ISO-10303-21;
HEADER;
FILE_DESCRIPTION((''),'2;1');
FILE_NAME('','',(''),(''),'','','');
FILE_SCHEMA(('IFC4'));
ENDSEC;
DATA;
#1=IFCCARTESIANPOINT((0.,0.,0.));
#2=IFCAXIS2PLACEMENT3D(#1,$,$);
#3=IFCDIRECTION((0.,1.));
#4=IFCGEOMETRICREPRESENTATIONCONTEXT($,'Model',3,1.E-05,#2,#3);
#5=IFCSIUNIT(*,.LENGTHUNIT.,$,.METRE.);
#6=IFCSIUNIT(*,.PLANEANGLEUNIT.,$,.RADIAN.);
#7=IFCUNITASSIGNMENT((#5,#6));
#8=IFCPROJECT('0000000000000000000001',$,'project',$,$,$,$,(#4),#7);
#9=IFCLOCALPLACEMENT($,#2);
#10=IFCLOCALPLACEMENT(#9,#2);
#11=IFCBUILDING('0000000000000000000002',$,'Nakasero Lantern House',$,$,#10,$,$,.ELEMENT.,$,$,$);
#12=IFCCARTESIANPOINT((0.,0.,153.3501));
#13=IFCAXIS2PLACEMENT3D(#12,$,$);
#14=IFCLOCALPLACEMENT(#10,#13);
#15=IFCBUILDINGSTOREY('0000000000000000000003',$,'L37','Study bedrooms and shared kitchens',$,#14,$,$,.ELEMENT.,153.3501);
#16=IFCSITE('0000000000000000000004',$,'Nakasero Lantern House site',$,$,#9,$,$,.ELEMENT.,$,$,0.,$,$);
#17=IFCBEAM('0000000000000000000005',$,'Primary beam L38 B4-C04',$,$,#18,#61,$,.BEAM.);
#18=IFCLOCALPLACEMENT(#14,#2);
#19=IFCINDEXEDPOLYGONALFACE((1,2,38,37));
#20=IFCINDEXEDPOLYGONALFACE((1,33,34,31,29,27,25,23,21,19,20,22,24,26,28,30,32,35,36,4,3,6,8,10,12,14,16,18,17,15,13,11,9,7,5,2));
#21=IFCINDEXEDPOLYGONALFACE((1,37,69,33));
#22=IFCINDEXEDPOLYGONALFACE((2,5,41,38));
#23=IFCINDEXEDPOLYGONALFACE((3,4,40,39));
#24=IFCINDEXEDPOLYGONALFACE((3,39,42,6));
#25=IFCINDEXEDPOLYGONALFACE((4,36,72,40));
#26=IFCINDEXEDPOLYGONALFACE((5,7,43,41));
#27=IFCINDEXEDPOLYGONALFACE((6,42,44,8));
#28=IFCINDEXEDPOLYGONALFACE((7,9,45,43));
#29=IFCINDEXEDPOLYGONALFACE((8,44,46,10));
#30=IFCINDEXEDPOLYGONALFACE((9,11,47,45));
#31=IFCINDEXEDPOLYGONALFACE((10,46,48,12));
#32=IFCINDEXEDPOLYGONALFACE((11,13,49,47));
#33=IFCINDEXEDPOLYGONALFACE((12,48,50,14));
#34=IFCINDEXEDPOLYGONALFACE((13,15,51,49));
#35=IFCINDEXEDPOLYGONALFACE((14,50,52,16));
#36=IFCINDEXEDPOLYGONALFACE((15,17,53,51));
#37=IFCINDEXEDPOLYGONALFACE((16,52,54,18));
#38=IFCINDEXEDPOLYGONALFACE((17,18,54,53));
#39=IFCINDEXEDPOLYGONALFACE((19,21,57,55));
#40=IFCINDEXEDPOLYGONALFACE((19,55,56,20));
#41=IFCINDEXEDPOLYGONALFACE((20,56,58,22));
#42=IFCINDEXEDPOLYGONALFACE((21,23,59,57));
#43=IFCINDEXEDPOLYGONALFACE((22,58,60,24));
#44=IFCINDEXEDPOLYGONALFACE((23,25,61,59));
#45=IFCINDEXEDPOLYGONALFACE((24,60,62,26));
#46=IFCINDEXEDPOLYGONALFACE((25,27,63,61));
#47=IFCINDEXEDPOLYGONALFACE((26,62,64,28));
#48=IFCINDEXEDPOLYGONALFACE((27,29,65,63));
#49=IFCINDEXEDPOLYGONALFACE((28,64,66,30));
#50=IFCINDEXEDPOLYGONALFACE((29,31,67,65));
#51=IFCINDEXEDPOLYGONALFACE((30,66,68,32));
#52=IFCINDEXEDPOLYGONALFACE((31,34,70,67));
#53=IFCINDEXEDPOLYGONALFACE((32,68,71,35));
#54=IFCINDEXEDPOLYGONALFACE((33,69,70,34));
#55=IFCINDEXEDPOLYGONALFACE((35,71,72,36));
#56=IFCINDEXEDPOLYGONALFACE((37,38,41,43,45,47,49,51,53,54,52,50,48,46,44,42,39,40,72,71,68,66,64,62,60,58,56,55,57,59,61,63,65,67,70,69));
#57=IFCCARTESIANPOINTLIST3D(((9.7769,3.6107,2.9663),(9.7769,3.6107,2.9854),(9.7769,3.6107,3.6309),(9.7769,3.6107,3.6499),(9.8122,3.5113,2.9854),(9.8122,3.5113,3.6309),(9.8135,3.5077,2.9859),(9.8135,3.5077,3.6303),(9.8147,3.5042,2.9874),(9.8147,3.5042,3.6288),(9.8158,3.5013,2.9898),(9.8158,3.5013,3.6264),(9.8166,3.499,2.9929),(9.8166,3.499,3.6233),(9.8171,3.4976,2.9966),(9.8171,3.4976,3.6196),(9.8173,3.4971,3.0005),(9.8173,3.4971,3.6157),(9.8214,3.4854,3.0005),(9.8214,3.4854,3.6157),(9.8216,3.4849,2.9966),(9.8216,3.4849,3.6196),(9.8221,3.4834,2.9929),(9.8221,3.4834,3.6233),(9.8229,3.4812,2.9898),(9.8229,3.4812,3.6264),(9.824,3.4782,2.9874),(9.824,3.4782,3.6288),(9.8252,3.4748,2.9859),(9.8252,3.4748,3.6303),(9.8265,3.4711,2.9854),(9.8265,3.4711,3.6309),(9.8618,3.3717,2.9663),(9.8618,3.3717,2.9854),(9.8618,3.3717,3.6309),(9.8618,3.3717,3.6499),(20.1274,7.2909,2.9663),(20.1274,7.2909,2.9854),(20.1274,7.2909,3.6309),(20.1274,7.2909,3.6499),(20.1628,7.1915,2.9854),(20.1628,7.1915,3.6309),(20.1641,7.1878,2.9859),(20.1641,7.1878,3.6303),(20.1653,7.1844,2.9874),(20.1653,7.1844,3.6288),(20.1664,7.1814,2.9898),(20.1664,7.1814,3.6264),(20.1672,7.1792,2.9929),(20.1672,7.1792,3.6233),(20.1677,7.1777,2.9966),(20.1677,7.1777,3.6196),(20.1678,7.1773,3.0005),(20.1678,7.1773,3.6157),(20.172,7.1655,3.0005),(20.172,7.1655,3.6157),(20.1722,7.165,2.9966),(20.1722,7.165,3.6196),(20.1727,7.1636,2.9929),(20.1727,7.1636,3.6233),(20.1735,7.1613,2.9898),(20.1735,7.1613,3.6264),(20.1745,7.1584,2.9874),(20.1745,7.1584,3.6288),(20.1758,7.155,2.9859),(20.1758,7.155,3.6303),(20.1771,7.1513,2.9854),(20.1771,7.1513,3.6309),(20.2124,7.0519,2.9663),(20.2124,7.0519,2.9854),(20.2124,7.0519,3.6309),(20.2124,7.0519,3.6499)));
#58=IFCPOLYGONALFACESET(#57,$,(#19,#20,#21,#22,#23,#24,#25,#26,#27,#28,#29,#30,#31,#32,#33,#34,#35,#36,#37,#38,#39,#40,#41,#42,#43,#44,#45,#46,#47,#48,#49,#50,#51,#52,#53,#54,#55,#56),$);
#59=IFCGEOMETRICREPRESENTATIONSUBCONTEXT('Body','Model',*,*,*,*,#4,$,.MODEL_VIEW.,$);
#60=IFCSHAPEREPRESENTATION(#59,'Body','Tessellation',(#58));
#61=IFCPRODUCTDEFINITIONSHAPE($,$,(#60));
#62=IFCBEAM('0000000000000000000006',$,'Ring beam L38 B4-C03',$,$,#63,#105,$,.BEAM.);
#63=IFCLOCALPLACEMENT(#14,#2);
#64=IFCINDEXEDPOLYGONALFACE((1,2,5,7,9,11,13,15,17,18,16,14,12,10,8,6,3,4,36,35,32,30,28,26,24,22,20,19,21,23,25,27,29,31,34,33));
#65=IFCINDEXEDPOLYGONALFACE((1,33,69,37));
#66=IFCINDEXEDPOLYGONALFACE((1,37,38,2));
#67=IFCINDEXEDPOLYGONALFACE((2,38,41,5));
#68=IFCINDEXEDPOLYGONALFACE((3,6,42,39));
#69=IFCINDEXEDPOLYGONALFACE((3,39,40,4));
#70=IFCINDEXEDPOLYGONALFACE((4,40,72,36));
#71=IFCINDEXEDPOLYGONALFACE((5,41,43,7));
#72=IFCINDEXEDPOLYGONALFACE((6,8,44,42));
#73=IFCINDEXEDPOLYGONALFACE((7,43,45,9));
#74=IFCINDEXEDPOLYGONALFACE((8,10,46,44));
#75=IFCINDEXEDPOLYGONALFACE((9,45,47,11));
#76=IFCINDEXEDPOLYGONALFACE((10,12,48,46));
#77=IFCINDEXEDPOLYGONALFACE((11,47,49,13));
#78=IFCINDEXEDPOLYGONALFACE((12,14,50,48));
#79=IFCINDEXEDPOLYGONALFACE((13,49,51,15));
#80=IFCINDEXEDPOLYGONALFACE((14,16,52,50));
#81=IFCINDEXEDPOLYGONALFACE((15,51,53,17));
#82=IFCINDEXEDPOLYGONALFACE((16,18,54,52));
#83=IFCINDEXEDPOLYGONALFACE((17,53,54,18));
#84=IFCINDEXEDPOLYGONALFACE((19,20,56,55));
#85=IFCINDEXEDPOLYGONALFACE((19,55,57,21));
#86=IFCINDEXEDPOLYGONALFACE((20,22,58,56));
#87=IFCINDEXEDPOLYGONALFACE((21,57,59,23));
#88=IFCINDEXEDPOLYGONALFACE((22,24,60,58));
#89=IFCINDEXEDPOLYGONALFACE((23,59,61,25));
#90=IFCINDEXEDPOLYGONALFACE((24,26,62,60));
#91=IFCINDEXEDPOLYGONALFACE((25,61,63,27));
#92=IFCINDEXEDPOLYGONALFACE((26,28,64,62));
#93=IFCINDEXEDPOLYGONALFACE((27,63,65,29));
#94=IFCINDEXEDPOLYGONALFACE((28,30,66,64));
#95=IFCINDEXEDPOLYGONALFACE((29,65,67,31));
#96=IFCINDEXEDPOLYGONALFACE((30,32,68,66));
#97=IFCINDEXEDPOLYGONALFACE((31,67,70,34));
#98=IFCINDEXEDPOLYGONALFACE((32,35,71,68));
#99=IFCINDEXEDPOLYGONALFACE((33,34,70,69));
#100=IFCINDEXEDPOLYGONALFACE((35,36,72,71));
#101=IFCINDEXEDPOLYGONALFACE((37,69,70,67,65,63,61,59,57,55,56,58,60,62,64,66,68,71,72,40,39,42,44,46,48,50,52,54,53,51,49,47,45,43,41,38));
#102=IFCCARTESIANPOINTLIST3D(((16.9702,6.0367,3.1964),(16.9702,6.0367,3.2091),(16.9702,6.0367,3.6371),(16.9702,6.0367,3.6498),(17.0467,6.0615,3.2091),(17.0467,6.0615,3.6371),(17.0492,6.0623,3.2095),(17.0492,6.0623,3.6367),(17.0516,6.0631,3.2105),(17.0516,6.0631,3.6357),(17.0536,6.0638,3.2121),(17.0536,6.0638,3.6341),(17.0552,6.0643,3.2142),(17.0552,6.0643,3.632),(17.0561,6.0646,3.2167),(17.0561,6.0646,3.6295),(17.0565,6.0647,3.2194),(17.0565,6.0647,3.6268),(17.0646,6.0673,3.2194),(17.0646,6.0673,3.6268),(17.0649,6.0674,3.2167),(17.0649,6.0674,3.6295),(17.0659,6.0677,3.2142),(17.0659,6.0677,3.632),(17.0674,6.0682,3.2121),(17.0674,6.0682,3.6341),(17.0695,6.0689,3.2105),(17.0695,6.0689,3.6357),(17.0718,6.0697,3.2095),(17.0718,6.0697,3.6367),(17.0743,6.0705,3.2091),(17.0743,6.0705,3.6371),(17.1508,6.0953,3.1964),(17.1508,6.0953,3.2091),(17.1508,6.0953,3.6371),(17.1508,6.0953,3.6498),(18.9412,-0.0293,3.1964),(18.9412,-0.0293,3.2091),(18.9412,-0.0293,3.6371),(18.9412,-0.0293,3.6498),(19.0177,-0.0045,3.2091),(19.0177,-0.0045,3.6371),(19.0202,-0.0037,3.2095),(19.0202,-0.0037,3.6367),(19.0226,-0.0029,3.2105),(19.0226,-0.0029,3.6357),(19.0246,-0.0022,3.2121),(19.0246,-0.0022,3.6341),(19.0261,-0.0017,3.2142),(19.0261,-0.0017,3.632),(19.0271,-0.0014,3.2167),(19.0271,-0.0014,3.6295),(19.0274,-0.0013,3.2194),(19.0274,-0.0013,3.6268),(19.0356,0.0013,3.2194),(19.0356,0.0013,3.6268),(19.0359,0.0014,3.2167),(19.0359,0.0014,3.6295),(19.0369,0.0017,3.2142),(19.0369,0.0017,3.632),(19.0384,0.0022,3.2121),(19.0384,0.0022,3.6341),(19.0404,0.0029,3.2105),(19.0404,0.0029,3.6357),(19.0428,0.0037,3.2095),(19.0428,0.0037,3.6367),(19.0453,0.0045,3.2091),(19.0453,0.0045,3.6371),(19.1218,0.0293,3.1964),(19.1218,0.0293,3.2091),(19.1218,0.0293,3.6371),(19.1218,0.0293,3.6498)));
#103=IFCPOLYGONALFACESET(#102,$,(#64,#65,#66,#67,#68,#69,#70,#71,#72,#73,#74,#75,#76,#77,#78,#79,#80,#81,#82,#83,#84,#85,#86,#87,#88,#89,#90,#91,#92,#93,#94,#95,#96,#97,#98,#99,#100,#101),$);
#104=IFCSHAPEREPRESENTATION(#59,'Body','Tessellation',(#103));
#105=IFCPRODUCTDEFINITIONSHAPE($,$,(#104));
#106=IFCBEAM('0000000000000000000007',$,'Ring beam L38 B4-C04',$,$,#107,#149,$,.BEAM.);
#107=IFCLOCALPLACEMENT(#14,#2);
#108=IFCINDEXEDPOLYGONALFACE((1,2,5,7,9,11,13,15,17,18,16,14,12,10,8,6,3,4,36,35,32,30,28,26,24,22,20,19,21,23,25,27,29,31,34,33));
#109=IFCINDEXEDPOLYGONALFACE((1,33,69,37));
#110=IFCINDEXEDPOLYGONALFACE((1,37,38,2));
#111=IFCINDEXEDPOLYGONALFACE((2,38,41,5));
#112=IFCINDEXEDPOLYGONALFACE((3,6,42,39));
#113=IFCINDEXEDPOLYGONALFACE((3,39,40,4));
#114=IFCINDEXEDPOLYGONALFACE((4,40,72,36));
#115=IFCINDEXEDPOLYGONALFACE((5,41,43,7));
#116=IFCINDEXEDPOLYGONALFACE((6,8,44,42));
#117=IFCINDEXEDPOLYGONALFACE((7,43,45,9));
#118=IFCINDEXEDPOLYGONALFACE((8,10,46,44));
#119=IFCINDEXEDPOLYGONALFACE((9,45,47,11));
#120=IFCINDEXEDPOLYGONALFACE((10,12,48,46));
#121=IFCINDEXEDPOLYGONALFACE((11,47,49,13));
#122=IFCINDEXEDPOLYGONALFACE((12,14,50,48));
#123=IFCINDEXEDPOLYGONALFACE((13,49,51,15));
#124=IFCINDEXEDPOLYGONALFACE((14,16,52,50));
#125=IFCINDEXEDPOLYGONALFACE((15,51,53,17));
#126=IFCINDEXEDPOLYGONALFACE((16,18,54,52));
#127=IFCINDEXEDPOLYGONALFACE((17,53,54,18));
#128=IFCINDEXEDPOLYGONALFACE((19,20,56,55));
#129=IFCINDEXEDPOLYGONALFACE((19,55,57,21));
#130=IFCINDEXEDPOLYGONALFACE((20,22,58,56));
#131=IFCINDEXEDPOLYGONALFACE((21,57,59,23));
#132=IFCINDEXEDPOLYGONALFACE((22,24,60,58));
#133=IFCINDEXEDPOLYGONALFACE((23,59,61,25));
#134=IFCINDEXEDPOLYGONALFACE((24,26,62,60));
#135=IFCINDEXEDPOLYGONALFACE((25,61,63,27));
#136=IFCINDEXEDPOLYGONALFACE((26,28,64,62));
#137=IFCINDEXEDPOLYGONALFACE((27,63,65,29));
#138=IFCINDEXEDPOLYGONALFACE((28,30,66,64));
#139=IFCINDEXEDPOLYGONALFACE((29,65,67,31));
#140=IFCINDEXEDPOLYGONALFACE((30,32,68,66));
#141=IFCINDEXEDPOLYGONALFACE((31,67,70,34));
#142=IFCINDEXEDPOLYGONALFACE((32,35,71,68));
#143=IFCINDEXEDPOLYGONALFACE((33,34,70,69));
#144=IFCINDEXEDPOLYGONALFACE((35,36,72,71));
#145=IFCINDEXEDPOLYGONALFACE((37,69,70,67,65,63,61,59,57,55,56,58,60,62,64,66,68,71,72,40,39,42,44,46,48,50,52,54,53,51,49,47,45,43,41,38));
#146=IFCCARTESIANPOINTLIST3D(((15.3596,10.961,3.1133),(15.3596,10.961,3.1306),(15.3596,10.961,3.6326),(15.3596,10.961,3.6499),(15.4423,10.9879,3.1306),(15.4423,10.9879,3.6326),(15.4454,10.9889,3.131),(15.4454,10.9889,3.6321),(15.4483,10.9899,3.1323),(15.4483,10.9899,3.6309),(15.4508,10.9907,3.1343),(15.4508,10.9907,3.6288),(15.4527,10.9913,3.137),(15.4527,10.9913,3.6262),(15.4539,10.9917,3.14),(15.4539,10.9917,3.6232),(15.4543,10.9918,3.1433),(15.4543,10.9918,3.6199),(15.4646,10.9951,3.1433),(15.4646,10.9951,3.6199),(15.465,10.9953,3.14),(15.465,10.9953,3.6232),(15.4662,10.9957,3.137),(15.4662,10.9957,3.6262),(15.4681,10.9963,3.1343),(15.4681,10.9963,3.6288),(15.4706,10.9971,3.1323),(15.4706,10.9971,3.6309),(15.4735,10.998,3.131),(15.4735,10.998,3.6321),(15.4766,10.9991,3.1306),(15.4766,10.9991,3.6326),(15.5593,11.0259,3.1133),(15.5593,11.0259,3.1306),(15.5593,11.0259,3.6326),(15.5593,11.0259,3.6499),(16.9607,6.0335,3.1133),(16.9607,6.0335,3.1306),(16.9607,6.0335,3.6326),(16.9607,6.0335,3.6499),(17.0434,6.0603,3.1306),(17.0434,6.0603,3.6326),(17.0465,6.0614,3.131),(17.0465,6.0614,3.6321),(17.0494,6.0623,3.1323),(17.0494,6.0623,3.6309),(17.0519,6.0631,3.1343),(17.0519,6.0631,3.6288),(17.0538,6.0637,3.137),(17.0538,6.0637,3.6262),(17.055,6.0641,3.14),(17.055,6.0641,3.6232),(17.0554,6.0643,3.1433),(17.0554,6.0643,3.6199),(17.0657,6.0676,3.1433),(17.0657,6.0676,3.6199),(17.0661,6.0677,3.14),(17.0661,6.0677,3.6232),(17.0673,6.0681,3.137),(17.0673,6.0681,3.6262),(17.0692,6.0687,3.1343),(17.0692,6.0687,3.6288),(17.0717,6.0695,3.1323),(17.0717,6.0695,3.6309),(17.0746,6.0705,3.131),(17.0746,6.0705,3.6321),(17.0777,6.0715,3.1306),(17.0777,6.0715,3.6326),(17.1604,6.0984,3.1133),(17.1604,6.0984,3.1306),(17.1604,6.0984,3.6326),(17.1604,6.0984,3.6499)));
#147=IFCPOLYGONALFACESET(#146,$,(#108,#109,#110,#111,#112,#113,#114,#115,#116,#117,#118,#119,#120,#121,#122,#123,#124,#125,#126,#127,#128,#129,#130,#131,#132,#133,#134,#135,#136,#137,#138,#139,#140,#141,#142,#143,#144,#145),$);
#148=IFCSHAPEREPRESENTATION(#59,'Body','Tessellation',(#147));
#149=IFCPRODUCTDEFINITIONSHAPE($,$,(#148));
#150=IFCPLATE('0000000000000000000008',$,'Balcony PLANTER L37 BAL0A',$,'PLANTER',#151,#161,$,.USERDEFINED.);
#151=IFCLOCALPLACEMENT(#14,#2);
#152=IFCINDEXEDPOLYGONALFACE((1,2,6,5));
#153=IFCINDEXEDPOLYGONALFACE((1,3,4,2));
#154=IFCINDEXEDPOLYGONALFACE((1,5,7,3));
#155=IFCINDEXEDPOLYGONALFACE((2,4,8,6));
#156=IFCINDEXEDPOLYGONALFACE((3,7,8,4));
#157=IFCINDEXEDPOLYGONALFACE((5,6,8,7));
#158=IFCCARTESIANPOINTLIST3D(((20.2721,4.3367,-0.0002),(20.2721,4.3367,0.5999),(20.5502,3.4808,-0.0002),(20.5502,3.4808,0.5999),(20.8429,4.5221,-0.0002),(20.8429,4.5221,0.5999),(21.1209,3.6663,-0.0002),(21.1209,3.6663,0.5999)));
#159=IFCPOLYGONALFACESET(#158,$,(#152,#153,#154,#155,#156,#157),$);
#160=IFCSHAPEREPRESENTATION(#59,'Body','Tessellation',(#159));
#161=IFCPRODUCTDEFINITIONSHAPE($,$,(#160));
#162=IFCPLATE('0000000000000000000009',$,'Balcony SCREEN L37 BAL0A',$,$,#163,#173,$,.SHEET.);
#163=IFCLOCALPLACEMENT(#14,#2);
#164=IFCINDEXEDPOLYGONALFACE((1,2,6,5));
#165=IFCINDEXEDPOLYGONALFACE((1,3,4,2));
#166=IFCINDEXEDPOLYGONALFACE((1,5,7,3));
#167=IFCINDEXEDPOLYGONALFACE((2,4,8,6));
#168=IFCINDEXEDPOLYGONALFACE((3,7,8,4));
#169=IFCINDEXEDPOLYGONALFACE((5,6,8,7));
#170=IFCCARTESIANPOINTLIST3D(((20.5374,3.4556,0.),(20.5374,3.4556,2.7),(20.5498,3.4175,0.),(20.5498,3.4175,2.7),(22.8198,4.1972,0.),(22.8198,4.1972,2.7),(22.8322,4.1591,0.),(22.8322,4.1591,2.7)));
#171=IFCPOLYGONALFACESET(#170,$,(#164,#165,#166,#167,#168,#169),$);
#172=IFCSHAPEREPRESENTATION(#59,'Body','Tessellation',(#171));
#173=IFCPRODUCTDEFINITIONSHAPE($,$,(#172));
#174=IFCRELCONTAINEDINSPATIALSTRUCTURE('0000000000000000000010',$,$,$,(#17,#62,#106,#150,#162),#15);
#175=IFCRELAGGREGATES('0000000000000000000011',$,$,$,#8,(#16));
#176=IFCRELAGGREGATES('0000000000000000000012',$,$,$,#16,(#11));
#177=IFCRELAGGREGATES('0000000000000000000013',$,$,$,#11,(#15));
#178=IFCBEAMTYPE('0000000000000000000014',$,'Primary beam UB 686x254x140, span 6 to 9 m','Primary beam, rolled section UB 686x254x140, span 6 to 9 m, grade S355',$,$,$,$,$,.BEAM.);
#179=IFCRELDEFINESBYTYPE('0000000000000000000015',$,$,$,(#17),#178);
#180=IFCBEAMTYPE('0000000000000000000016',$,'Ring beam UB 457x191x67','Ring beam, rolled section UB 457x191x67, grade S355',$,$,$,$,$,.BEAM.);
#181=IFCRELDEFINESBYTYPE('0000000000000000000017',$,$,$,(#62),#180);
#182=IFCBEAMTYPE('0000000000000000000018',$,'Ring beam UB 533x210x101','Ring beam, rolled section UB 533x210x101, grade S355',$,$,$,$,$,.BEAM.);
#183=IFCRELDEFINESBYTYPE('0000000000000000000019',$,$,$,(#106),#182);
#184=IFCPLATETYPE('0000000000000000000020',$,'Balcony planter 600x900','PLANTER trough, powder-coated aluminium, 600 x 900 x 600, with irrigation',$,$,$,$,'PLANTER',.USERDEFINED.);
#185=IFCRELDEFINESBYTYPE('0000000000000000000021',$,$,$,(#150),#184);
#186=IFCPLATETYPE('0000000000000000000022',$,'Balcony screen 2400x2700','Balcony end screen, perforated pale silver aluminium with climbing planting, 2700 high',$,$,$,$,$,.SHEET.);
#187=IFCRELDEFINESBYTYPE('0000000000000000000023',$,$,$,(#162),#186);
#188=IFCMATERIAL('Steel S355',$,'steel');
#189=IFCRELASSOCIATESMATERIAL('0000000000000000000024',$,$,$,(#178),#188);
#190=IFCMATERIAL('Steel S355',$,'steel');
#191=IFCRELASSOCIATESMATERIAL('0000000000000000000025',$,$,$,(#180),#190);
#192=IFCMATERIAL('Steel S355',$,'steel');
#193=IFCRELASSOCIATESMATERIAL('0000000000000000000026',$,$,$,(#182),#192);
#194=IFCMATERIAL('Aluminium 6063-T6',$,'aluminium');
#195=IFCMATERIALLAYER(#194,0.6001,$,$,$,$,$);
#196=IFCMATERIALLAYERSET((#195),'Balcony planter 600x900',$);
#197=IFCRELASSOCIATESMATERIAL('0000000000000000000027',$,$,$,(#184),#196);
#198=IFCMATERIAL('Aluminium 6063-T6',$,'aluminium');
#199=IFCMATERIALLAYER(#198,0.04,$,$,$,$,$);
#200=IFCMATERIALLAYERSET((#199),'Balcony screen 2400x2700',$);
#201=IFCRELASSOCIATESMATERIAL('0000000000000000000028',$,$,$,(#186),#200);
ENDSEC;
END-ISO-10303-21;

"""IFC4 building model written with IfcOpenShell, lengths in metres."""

from ifc_helpers import new_model, si_unit, direction, frame, origin, origin_2d, place, context, subcontext, project, spatial, rectangle, i_section, extrude, material, layer, layer_set, material_profile, profile_set, type_object, element, save


model = new_model("IFC4")

# Units and contexts
model_context = context("Model", 3, precision=1e-05, world=origin(), true_north=direction((0.0, 1.0)))
body_context = subcontext(model_context, "Body", "Model", "MODEL_VIEW")
ifc_project = project(units=[si_unit("LENGTHUNIT", "METRE"), si_unit("PLANEANGLEUNIT", "RADIAN")], contexts=[model_context])

# Site, building, storey
site_placement = place(None, origin())
site = spatial("IfcSite", under=ifc_project, at=site_placement, Name="Nakasero Lantern House site", CompositionType="ELEMENT", RefElevation=0.0)
building_placement = place(site_placement, origin())
building = spatial("IfcBuilding", under=site, at=building_placement, Name="Nakasero Lantern House", CompositionType="ELEMENT")
storey_placement = place(building_placement, frame((0.0, 0.0, 153.3501)))
storey = spatial("IfcBuildingStorey", under=building, at=storey_placement, Name="L37", Description="Study bedrooms and shared kitchens", CompositionType="ELEMENT", Elevation=153.3501)

# Beams
ifc_material_1 = material(Name="Steel S355", Category="steel")
ifc_material_profile_1 = material_profile(ifc_material_1, i_section(OverallWidth=0.2537, OverallDepth=0.6836, WebThickness=0.0125, FlangeThickness=0.019, FilletRadius=0.0151, at=origin_2d()), Name="UB 686x254x140")
ifc_profile_set_1 = profile_set([ifc_material_profile_1], Name="Steel S355")
beam_type_1 = type_object("IfcBeamType", Name="Primary beam UB 686x254x140, span 6 to 9 m", Description="Primary beam, rolled section UB 686x254x140, span 6 to 9 m, grade S355", PredefinedType="BEAM", material=ifc_profile_set_1)
beam_1_placement = place(storey_placement, frame((20.1699, 7.1714, 3.3081), z_axis=(-0.942216, -0.335007, 0.0), x_axis=(0.335007, -0.942216, 0.0)))
element("IfcBeam", 1, at=beam_1_placement, inside=storey, type_object=beam_type_1, Name="Primary beam L38 B4-C04", PredefinedType="BEAM", context=body_context, shape_type="SweptSolid", body=[
    extrude(i_section(OverallWidth=0.2537, OverallDepth=0.6836, WebThickness=0.0125, FlangeThickness=0.019, FilletRadius=0.0151, at=origin_2d()), origin(), (0.0, 0.0, 1.0), 10.9854),
])
ifc_material_2 = material(Name="Steel S355", Category="steel")
ifc_material_profile_2 = material_profile(ifc_material_2, i_section(OverallWidth=0.1899, OverallDepth=0.4534, WebThickness=0.0085, FlangeThickness=0.0127, FilletRadius=0.0103, at=origin_2d()), Name="UB 457x191x67")
ifc_profile_set_2 = profile_set([ifc_material_profile_2], Name="Steel S355")
beam_type_2 = type_object("IfcBeamType", Name="Ring beam UB 457x191x67", Description="Ring beam, rolled section UB 457x191x67, grade S355", PredefinedType="BEAM", material=ifc_profile_set_2)
beam_2_placement = place(storey_placement, frame((19.0315, 0.0, 3.4231), z_axis=(-0.309019, 0.951056, 0.0), x_axis=(-0.951056, -0.309019, 0.0)))
element("IfcBeam", 2, at=beam_2_placement, inside=storey, type_object=beam_type_2, Name="Ring beam L38 B4-C03", PredefinedType="BEAM", context=body_context, shape_type="SweptSolid", body=[
    extrude(i_section(OverallWidth=0.1899, OverallDepth=0.4534, WebThickness=0.0085, FlangeThickness=0.0127, FilletRadius=0.0103, at=origin_2d()), origin(), (0.0, 0.0, 1.0), 6.3782),
])
ifc_material_3 = material(Name="Steel S355", Category="steel")
ifc_material_profile_3 = material_profile(ifc_material_3, i_section(OverallWidth=0.21, OverallDepth=0.5366, WebThickness=0.0107, FlangeThickness=0.0173, FilletRadius=0.0127, at=origin_2d()), Name="UB 533x210x101")
ifc_profile_set_3 = profile_set([ifc_material_profile_3], Name="Steel S355")
beam_type_3 = type_object("IfcBeamType", Name="Ring beam UB 533x210x101", Description="Ring beam, rolled section UB 533x210x101, grade S355", PredefinedType="BEAM", material=ifc_profile_set_3)
beam_3_placement = place(storey_placement, frame((17.0605, 6.0659, 3.3816), z_axis=(-0.309023, 0.951054, 0.0), x_axis=(-0.951054, -0.309023, 0.0)))
element("IfcBeam", 3, at=beam_3_placement, inside=storey, type_object=beam_type_3, Name="Ring beam L38 B4-C04", PredefinedType="BEAM", context=body_context, shape_type="SweptSolid", body=[
    extrude(i_section(OverallWidth=0.21, OverallDepth=0.5366, WebThickness=0.0107, FlangeThickness=0.0173, FilletRadius=0.0127, at=origin_2d()), origin(), (0.0, 0.0, 1.0), 5.1812),
])

# Plates
ifc_material_4 = material(Name="Aluminium 6063-T6", Category="aluminium")
ifc_layer_1 = layer(ifc_material_4, 0.6001)
ifc_layer_set_1 = layer_set([ifc_layer_1], Name="Balcony planter 600x900")
plate_type_1 = type_object("IfcPlateType", Name="Balcony planter 600x900", Description="PLANTER trough, powder-coated aluminium, 600 x 900 x 600, with irrigation", ElementType="PLANTER", PredefinedType="USERDEFINED", material=ifc_layer_set_1)
plate_1_placement = place(storey_placement, frame((20.6965, 4.0015, -0.0002), z_axis=(0.0, 0.0, 1.0), x_axis=(0.951057, 0.309017, 0.0)))
element("IfcPlate", 4, at=plate_1_placement, inside=storey, type_object=plate_type_1, Name="Balcony PLANTER L37 BAL0A", ObjectType="PLANTER", PredefinedType="USERDEFINED", context=body_context, shape_type="SweptSolid", body=[
    extrude(rectangle(XDim=0.6001, YDim=0.8999, at=origin_2d()), origin(), (0.0, 0.0, 1.0), 0.6001),
])
ifc_material_5 = material(Name="Aluminium 6063-T6", Category="aluminium")
ifc_layer_2 = layer(ifc_material_5, 0.04)
ifc_layer_set_2 = layer_set([ifc_layer_2], Name="Balcony screen 2400x2700")
plate_type_2 = type_object("IfcPlateType", Name="Balcony screen 2400x2700", Description="Balcony end screen, perforated pale silver aluminium with climbing planting, 2700 high", PredefinedType="SHEET", material=ifc_layer_set_2)
plate_2_placement = place(storey_placement, frame((21.6848, 3.8074, 0.0), z_axis=(0.0, 0.0, 1.0), x_axis=(0.951057, 0.309017, 0.0)))
element("IfcPlate", 5, at=plate_2_placement, inside=storey, type_object=plate_type_2, Name="Balcony SCREEN L37 BAL0A", PredefinedType="SHEET", context=body_context, shape_type="SweptSolid", body=[
    extrude(rectangle(XDim=2.3999, YDim=0.04, at=origin_2d()), origin(), (0.0, 0.0, 1.0), 2.7),
])

save(model, "model.ifc")
